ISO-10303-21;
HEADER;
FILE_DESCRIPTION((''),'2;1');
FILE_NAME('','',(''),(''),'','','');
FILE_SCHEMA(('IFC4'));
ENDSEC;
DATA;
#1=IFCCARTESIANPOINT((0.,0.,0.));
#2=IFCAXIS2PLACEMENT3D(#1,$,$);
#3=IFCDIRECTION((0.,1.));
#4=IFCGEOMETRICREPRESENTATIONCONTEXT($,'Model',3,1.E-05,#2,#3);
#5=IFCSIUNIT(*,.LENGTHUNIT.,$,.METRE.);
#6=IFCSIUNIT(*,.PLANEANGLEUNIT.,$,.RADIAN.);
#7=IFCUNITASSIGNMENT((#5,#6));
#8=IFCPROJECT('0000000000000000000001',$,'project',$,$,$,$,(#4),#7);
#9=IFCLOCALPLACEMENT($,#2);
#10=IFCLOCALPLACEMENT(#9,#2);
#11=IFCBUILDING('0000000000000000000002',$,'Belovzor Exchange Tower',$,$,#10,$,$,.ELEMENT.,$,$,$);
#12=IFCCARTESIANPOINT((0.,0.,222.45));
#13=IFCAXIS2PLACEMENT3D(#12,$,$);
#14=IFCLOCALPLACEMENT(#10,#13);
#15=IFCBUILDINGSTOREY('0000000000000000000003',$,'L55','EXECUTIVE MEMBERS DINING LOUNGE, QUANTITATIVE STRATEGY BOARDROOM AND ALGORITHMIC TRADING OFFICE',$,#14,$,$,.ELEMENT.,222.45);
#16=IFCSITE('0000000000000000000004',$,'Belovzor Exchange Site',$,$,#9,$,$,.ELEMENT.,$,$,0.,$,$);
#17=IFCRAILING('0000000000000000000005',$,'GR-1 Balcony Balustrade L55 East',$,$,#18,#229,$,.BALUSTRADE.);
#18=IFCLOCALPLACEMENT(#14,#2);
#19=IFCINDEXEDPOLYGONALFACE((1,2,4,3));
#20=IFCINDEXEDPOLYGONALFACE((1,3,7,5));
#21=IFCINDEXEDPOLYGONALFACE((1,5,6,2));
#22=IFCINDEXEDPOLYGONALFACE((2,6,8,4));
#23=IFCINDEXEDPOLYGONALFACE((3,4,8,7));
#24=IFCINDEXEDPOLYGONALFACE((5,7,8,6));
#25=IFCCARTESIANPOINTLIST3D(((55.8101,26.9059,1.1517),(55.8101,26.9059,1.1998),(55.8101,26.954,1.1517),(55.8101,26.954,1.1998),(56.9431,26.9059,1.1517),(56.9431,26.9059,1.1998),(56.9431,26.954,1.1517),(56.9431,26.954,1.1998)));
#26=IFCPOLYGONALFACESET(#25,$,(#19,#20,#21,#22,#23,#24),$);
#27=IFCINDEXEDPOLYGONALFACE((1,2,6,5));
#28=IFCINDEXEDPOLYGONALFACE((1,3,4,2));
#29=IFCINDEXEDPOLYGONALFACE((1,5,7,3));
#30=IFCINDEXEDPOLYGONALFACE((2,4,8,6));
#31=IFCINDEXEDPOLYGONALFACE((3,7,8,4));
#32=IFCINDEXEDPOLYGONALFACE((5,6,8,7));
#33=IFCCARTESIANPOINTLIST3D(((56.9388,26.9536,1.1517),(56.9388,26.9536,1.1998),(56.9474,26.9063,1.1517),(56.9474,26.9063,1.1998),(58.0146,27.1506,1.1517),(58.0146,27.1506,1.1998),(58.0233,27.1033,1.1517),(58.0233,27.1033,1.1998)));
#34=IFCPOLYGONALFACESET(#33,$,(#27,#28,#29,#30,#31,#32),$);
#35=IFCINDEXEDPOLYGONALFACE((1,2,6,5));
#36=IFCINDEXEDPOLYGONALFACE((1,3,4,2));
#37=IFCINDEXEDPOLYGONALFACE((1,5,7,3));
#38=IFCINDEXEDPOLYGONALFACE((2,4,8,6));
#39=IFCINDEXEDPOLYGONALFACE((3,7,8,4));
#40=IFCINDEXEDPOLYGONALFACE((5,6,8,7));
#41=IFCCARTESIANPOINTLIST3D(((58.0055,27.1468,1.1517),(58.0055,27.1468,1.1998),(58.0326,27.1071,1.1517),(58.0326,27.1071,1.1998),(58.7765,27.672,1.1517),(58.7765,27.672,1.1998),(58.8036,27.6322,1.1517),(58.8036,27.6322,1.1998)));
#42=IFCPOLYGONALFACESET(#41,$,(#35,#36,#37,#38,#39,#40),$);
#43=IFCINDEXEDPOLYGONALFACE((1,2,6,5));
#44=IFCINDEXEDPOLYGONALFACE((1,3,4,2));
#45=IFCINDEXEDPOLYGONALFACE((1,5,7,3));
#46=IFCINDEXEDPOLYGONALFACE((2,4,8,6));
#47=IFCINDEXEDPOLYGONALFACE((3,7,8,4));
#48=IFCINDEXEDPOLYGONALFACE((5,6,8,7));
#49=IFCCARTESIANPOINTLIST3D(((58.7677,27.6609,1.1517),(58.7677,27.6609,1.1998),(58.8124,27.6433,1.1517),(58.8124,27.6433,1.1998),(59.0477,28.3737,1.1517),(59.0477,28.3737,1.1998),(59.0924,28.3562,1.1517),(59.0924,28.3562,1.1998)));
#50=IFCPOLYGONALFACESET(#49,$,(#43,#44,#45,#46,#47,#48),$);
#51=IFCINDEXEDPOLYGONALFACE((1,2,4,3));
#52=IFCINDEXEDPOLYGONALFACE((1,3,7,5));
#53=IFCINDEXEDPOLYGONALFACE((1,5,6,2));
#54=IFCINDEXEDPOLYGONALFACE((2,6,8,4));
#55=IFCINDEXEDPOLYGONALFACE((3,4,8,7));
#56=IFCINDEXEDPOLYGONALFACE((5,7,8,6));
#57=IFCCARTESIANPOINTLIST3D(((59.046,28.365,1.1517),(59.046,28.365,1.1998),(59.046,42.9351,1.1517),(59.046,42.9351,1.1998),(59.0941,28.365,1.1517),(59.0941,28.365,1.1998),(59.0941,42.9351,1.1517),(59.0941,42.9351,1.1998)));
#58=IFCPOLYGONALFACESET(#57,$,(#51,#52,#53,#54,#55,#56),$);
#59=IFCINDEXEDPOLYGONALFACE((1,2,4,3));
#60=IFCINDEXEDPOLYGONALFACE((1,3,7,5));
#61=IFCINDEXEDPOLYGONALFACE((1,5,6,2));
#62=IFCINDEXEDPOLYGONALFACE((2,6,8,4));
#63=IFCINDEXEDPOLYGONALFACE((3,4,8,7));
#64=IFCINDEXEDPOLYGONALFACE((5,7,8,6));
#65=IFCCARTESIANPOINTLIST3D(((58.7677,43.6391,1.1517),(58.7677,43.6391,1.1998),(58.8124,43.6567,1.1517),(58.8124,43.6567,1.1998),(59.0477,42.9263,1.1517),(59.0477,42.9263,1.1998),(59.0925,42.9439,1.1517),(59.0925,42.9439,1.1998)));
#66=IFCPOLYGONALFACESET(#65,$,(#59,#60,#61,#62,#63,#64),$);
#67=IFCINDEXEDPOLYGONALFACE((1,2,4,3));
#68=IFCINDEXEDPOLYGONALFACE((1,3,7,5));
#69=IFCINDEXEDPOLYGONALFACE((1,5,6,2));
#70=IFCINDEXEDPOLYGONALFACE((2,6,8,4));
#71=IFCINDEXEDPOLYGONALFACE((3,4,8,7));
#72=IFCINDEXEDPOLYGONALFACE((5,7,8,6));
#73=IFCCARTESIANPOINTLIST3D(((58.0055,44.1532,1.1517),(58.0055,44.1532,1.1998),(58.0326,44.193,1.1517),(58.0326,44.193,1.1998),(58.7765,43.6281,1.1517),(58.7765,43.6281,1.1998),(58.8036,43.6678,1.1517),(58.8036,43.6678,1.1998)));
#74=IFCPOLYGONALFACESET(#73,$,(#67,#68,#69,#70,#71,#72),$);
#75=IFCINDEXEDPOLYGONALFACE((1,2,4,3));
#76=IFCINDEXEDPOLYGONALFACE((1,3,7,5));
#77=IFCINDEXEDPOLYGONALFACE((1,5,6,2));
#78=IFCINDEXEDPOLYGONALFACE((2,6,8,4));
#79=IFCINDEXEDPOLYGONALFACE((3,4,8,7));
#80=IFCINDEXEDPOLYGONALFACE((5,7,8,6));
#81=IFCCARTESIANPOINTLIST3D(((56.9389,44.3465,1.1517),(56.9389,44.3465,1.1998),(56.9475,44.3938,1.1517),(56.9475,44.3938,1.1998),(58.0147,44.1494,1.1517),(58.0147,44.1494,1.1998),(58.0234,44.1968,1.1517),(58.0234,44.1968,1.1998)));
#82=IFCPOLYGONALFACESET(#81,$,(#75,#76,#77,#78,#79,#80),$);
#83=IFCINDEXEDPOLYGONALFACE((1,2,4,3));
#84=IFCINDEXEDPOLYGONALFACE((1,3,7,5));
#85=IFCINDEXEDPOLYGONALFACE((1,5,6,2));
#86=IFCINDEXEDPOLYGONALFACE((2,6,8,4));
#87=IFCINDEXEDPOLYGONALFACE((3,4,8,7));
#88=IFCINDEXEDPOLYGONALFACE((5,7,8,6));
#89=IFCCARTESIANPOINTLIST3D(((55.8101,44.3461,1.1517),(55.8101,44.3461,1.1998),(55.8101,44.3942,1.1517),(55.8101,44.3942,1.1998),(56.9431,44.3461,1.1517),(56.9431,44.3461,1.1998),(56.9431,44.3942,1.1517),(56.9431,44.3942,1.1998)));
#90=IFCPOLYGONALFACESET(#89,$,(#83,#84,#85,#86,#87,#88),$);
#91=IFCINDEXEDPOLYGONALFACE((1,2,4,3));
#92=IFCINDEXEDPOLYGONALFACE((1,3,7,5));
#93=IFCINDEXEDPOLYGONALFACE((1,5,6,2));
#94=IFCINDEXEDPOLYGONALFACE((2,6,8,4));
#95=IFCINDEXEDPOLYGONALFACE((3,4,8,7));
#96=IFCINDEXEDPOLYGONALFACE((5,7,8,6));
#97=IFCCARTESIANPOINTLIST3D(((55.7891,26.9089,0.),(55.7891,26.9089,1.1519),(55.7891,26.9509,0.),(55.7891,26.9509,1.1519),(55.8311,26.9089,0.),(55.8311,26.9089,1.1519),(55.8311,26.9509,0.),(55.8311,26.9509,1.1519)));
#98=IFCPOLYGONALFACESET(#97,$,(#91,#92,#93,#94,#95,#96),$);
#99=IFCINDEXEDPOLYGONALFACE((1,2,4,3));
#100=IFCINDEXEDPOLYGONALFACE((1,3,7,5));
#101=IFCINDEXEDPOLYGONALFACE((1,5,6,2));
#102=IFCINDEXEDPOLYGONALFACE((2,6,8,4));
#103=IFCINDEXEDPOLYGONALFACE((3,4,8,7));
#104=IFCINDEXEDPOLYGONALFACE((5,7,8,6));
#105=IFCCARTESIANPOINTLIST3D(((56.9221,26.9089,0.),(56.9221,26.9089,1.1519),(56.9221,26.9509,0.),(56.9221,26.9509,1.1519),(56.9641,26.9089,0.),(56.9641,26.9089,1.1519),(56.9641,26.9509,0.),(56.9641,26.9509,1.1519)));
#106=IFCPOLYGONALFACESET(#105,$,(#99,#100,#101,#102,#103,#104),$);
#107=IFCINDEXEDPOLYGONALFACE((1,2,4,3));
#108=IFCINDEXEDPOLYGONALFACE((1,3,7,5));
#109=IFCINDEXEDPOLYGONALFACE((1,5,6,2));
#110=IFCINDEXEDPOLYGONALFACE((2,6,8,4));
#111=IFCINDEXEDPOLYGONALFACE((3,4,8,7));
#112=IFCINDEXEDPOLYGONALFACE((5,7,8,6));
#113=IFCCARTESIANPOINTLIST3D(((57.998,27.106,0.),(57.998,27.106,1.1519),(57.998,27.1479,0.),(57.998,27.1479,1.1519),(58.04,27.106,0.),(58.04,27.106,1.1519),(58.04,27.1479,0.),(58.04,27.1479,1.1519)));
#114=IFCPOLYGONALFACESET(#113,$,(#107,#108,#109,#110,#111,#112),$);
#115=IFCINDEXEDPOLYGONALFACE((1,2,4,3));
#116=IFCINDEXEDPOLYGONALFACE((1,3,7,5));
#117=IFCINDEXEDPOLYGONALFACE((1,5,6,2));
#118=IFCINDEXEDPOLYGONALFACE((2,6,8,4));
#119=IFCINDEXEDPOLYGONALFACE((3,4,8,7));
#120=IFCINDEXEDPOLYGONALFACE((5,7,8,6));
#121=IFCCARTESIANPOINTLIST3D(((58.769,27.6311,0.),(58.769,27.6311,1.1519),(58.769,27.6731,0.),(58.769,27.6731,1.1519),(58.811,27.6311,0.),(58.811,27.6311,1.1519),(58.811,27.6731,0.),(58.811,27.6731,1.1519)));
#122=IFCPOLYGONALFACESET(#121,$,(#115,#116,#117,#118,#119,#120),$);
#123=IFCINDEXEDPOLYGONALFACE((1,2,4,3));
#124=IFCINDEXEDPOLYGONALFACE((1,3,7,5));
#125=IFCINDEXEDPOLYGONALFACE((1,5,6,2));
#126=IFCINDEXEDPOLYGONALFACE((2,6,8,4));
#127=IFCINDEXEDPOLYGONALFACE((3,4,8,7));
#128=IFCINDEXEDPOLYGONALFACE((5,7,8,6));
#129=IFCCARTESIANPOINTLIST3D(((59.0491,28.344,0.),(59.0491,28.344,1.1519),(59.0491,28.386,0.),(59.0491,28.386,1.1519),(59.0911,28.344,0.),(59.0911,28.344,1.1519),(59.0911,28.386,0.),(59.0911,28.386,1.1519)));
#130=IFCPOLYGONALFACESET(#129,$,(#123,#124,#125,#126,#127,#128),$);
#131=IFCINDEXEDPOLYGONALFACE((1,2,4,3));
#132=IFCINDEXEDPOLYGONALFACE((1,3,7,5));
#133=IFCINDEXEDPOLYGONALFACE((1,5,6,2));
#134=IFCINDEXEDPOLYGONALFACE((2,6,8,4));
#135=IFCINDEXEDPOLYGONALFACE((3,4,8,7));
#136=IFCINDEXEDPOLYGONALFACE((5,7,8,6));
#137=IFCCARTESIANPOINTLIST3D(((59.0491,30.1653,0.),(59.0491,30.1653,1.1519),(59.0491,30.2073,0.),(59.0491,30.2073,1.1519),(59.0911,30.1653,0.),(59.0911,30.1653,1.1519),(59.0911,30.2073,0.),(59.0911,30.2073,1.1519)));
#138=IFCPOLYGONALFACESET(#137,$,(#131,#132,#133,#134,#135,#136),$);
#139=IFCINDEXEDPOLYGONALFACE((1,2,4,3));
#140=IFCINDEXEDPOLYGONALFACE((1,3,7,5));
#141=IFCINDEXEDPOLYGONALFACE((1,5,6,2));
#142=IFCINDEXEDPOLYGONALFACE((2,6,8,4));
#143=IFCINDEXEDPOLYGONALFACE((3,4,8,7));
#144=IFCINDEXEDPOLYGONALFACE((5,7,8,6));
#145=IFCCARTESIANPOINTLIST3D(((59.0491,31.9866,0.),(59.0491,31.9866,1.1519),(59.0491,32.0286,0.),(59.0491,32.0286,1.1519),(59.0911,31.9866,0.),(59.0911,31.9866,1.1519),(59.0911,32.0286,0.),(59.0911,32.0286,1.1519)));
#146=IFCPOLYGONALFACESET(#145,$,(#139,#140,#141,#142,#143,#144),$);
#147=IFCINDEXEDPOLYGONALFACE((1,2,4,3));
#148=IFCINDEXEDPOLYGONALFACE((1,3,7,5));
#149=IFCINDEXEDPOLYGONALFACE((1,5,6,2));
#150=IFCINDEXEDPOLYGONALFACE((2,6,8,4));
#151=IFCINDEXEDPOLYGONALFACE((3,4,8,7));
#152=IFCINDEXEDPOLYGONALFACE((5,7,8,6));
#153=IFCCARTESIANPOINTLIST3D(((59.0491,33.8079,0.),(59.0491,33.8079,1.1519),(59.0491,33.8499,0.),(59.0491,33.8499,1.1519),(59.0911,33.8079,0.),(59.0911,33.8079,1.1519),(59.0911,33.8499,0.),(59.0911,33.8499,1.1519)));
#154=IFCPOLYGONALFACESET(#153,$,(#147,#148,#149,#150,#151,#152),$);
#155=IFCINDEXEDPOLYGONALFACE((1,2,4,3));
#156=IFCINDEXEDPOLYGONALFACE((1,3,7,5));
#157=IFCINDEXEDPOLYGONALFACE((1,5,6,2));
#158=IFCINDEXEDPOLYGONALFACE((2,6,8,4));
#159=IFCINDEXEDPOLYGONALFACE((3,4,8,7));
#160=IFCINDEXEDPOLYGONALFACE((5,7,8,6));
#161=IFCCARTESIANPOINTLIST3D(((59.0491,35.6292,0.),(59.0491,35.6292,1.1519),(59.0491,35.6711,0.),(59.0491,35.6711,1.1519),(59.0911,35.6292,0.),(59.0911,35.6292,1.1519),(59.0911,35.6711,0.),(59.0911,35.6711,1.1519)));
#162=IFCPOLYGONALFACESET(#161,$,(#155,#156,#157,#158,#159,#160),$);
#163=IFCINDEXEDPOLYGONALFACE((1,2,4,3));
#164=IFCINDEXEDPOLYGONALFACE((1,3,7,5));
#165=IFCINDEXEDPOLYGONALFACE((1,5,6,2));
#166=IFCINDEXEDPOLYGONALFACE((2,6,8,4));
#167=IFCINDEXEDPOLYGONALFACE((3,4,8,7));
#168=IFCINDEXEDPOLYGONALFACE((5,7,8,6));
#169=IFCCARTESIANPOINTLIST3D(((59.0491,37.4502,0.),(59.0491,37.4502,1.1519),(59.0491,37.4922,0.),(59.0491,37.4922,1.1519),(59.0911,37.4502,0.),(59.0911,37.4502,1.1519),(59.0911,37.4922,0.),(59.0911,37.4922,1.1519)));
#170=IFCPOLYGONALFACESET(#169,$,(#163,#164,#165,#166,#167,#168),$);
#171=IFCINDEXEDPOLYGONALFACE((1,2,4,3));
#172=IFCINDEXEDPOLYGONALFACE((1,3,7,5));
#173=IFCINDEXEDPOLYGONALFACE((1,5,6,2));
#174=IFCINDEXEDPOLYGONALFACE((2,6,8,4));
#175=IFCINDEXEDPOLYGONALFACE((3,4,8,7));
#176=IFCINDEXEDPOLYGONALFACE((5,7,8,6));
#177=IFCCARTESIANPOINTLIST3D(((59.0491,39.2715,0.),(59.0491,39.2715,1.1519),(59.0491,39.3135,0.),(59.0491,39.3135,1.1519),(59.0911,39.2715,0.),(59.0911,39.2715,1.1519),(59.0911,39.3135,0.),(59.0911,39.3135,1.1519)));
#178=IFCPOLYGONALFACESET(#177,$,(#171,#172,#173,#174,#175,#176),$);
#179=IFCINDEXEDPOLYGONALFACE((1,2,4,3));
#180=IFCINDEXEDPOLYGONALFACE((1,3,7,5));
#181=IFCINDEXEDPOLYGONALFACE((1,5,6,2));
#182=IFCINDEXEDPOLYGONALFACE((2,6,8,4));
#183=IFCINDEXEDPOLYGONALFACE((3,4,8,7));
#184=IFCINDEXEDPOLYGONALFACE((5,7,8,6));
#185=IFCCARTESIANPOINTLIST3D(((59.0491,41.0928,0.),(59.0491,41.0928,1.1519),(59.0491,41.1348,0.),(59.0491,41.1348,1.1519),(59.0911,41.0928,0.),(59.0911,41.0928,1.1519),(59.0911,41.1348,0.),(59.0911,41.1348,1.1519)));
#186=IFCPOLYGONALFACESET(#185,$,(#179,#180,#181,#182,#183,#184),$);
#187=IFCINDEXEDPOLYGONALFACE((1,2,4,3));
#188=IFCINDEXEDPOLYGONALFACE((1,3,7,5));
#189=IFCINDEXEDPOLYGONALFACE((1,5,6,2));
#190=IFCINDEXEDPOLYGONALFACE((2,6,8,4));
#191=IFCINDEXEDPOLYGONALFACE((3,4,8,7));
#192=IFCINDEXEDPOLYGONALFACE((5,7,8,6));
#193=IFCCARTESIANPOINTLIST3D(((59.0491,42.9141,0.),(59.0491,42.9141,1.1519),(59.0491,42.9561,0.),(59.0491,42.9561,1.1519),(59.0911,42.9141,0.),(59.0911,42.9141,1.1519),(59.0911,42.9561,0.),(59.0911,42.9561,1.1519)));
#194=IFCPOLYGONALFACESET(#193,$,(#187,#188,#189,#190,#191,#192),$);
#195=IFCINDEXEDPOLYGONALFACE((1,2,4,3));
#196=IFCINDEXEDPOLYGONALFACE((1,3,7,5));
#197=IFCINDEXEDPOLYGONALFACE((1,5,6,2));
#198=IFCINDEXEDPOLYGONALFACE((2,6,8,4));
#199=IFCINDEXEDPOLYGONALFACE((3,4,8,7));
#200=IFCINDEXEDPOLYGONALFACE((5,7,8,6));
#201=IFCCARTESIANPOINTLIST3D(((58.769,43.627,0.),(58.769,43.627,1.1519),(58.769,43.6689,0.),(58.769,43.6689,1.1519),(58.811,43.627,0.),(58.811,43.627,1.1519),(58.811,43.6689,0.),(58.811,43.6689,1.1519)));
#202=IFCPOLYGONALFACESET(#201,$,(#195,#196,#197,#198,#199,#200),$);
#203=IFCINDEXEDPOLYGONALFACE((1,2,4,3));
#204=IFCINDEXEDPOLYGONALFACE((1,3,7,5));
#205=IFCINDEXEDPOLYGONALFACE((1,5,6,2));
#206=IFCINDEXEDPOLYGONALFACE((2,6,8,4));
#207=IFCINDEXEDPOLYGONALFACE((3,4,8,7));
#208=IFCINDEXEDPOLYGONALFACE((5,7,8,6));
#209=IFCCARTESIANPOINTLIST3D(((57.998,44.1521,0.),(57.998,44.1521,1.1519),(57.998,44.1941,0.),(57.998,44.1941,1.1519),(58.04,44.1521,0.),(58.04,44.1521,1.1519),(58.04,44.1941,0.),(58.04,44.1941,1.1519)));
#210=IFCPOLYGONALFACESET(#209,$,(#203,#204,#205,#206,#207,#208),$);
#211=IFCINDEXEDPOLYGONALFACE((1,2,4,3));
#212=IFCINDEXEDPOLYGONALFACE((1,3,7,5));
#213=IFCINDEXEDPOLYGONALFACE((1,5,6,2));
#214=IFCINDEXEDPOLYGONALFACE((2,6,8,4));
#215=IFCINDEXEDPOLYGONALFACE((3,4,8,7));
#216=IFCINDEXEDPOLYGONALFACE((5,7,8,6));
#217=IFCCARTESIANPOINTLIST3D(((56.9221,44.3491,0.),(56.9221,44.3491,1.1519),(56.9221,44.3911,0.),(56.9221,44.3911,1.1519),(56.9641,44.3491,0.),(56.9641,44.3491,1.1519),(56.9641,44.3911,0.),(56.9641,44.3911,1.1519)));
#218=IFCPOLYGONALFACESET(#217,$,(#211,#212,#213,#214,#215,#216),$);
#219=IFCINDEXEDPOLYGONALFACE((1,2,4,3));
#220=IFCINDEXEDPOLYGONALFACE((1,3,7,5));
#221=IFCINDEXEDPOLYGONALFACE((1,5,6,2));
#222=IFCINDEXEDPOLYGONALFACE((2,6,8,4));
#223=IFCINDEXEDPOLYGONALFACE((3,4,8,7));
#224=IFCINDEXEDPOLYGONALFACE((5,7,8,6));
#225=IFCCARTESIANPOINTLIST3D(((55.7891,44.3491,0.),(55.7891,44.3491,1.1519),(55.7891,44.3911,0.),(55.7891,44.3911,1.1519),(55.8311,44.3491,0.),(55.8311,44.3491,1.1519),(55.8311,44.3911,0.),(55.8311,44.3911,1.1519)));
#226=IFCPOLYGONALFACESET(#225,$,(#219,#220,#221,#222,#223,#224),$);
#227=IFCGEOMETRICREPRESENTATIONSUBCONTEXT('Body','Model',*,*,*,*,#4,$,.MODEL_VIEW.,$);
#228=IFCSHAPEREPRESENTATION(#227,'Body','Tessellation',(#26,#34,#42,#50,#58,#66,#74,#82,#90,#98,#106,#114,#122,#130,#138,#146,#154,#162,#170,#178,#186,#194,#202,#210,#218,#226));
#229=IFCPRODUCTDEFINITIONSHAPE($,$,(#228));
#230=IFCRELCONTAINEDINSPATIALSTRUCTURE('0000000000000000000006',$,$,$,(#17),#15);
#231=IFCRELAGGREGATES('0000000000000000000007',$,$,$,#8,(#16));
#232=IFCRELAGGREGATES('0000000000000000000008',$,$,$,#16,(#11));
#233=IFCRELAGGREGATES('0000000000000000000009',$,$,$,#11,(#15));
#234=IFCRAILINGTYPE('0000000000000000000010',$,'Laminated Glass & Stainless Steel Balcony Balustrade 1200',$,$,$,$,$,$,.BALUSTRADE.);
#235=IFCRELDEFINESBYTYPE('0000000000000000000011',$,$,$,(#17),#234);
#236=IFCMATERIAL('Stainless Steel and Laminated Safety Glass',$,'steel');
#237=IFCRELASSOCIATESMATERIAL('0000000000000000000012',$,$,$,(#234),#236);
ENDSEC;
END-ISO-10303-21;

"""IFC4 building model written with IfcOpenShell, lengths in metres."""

from ifc_helpers import new_model, si_unit, direction, frame, origin, origin_2d, place, context, subcontext, project, spatial, rectangle, extrude, material, type_object, element, save


model = new_model("IFC4")

# Units and contexts
model_context = context("Model", 3, precision=1e-05, world=origin(), true_north=direction((0.0, 1.0)))
body_context = subcontext(model_context, "Body", "Model", "MODEL_VIEW")
ifc_project = project(units=[si_unit("LENGTHUNIT", "METRE"), si_unit("PLANEANGLEUNIT", "RADIAN")], contexts=[model_context])

# Site, building, storey
site_placement = place(None, origin())
site = spatial("IfcSite", under=ifc_project, at=site_placement, Name="Belovzor Exchange Site", CompositionType="ELEMENT", RefElevation=0.0)
building_placement = place(site_placement, origin())
building = spatial("IfcBuilding", under=site, at=building_placement, Name="Belovzor Exchange Tower", CompositionType="ELEMENT")
storey_placement = place(building_placement, frame((0.0, 0.0, 222.45)))
storey = spatial("IfcBuildingStorey", under=building, at=storey_placement, Name="L55", Description="EXECUTIVE MEMBERS DINING LOUNGE, QUANTITATIVE STRATEGY BOARDROOM AND ALGORITHMIC TRADING OFFICE", CompositionType="ELEMENT", Elevation=222.45)

# Railing
ifc_material_1 = material(Name="Stainless Steel and Laminated Safety Glass", Category="steel")
railing_type = type_object("IfcRailingType", Name="Laminated Glass & Stainless Steel Balcony Balustrade 1200", PredefinedType="BALUSTRADE", material=ifc_material_1)
railing_placement = place(storey_placement, frame((55.8101, 26.9299, 0.0)))
element("IfcRailing", 1, at=railing_placement, inside=storey, type_object=railing_type, Name="GR-1 Balcony Balustrade L55 East", PredefinedType="BALUSTRADE", context=body_context, shape_type="SweptSolid", body=[
    extrude(rectangle(XDim=0.0481, YDim=0.0481, at=origin_2d()), frame((0.0, 0.0, 1.1758), z_axis=(1.0, 0.0, 0.0), x_axis=(0.0, 1.0, 0.0)), (0.0, 0.0, 1.0), 1.1331),
    extrude(rectangle(XDim=0.0481, YDim=0.0481, at=origin_2d()), frame((1.1331, 0.0, 1.1758), z_axis=(0.983644, 0.180123, 0.0), x_axis=(-0.180123, 0.983644, 0.0)), (0.0, 0.0, 1.0), 1.0938),
    extrude(rectangle(XDim=0.0481, YDim=0.0481, at=origin_2d()), frame((2.209, 0.197, 1.1758), z_axis=(0.826493, 0.562947, 0.0), x_axis=(-0.562947, 0.826493, 0.0)), (0.0, 0.0, 1.0), 0.9329),
    extrude(rectangle(XDim=0.0481, YDim=0.0481, at=origin_2d()), frame((2.98, 0.7222, 1.1758), z_axis=(0.365613, 0.930767, 0.0), x_axis=(-0.930767, 0.365613, 0.0)), (0.0, 0.0, 1.0), 0.7659),
    extrude(rectangle(XDim=0.0481, YDim=0.0481, at=origin_2d()), frame((3.26, 1.4351, 1.1758), z_axis=(0.0, 1.0, 0.0), x_axis=(-1.0, 0.0, 0.0)), (0.0, 0.0, 1.0), 14.5701),
    extrude(rectangle(XDim=0.0481, YDim=0.0481, at=origin_2d()), frame((3.26, 16.0051, 1.1758), z_axis=(-0.365613, 0.930767, 0.0), x_axis=(-0.930767, -0.365613, 0.0)), (0.0, 0.0, 1.0), 0.7659),
    extrude(rectangle(XDim=0.0481, YDim=0.0481, at=origin_2d()), frame((2.98, 16.718, 1.1758), z_axis=(-0.826493, 0.562947, 0.0), x_axis=(-0.562947, -0.826493, 0.0)), (0.0, 0.0, 1.0), 0.9329),
    extrude(rectangle(XDim=0.0481, YDim=0.0481, at=origin_2d()), frame((2.209, 17.2432, 1.1758), z_axis=(-0.983644, 0.180123, 0.0), x_axis=(-0.180123, -0.983644, 0.0)), (0.0, 0.0, 1.0), 1.0938),
    extrude(rectangle(XDim=0.0481, YDim=0.0481, at=origin_2d()), frame((1.1331, 17.4402, 1.1758), z_axis=(-1.0, 0.0, 0.0), x_axis=(0.0, -1.0, 0.0)), (0.0, 0.0, 1.0), 1.1331),
    extrude(rectangle(XDim=0.042, YDim=0.042, at=origin_2d()), origin(), (0.0, 0.0, 1.0), 1.1519),
    extrude(rectangle(XDim=0.042, YDim=0.042, at=origin_2d()), frame((1.1331, 0.0, 0.0)), (0.0, 0.0, 1.0), 1.1519),
    extrude(rectangle(XDim=0.042, YDim=0.042, at=origin_2d()), frame((2.209, 0.197, 0.0)), (0.0, 0.0, 1.0), 1.1519),
    extrude(rectangle(XDim=0.042, YDim=0.042, at=origin_2d()), frame((2.98, 0.7222, 0.0)), (0.0, 0.0, 1.0), 1.1519),
    extrude(rectangle(XDim=0.042, YDim=0.042, at=origin_2d()), frame((3.26, 1.4351, 0.0)), (0.0, 0.0, 1.0), 1.1519),
    extrude(rectangle(XDim=0.042, YDim=0.042, at=origin_2d()), frame((3.26, 3.2563, 0.0)), (0.0, 0.0, 1.0), 1.1519),
    extrude(rectangle(XDim=0.042, YDim=0.042, at=origin_2d()), frame((3.26, 5.0776, 0.0)), (0.0, 0.0, 1.0), 1.1519),
    extrude(rectangle(XDim=0.042, YDim=0.042, at=origin_2d()), frame((3.26, 6.8989, 0.0)), (0.0, 0.0, 1.0), 1.1519),
    extrude(rectangle(XDim=0.042, YDim=0.042, at=origin_2d()), frame((3.26, 8.7202, 0.0)), (0.0, 0.0, 1.0), 1.1519),
    extrude(rectangle(XDim=0.042, YDim=0.042, at=origin_2d()), frame((3.26, 10.5413, 0.0)), (0.0, 0.0, 1.0), 1.1519),
    extrude(rectangle(XDim=0.042, YDim=0.042, at=origin_2d()), frame((3.26, 12.3625, 0.0)), (0.0, 0.0, 1.0), 1.1519),
    extrude(rectangle(XDim=0.042, YDim=0.042, at=origin_2d()), frame((3.26, 14.1838, 0.0)), (0.0, 0.0, 1.0), 1.1519),
    extrude(rectangle(XDim=0.042, YDim=0.042, at=origin_2d()), frame((3.26, 16.0051, 0.0)), (0.0, 0.0, 1.0), 1.1519),
    extrude(rectangle(XDim=0.042, YDim=0.042, at=origin_2d()), frame((2.98, 16.718, 0.0)), (0.0, 0.0, 1.0), 1.1519),
    extrude(rectangle(XDim=0.042, YDim=0.042, at=origin_2d()), frame((2.209, 17.2432, 0.0)), (0.0, 0.0, 1.0), 1.1519),
    extrude(rectangle(XDim=0.042, YDim=0.042, at=origin_2d()), frame((1.1331, 17.4402, 0.0)), (0.0, 0.0, 1.0), 1.1519),
    extrude(rectangle(XDim=0.042, YDim=0.042, at=origin_2d()), frame((0.0, 17.4402, 0.0)), (0.0, 0.0, 1.0), 1.1519),
])

save(model, "model.ifc")
